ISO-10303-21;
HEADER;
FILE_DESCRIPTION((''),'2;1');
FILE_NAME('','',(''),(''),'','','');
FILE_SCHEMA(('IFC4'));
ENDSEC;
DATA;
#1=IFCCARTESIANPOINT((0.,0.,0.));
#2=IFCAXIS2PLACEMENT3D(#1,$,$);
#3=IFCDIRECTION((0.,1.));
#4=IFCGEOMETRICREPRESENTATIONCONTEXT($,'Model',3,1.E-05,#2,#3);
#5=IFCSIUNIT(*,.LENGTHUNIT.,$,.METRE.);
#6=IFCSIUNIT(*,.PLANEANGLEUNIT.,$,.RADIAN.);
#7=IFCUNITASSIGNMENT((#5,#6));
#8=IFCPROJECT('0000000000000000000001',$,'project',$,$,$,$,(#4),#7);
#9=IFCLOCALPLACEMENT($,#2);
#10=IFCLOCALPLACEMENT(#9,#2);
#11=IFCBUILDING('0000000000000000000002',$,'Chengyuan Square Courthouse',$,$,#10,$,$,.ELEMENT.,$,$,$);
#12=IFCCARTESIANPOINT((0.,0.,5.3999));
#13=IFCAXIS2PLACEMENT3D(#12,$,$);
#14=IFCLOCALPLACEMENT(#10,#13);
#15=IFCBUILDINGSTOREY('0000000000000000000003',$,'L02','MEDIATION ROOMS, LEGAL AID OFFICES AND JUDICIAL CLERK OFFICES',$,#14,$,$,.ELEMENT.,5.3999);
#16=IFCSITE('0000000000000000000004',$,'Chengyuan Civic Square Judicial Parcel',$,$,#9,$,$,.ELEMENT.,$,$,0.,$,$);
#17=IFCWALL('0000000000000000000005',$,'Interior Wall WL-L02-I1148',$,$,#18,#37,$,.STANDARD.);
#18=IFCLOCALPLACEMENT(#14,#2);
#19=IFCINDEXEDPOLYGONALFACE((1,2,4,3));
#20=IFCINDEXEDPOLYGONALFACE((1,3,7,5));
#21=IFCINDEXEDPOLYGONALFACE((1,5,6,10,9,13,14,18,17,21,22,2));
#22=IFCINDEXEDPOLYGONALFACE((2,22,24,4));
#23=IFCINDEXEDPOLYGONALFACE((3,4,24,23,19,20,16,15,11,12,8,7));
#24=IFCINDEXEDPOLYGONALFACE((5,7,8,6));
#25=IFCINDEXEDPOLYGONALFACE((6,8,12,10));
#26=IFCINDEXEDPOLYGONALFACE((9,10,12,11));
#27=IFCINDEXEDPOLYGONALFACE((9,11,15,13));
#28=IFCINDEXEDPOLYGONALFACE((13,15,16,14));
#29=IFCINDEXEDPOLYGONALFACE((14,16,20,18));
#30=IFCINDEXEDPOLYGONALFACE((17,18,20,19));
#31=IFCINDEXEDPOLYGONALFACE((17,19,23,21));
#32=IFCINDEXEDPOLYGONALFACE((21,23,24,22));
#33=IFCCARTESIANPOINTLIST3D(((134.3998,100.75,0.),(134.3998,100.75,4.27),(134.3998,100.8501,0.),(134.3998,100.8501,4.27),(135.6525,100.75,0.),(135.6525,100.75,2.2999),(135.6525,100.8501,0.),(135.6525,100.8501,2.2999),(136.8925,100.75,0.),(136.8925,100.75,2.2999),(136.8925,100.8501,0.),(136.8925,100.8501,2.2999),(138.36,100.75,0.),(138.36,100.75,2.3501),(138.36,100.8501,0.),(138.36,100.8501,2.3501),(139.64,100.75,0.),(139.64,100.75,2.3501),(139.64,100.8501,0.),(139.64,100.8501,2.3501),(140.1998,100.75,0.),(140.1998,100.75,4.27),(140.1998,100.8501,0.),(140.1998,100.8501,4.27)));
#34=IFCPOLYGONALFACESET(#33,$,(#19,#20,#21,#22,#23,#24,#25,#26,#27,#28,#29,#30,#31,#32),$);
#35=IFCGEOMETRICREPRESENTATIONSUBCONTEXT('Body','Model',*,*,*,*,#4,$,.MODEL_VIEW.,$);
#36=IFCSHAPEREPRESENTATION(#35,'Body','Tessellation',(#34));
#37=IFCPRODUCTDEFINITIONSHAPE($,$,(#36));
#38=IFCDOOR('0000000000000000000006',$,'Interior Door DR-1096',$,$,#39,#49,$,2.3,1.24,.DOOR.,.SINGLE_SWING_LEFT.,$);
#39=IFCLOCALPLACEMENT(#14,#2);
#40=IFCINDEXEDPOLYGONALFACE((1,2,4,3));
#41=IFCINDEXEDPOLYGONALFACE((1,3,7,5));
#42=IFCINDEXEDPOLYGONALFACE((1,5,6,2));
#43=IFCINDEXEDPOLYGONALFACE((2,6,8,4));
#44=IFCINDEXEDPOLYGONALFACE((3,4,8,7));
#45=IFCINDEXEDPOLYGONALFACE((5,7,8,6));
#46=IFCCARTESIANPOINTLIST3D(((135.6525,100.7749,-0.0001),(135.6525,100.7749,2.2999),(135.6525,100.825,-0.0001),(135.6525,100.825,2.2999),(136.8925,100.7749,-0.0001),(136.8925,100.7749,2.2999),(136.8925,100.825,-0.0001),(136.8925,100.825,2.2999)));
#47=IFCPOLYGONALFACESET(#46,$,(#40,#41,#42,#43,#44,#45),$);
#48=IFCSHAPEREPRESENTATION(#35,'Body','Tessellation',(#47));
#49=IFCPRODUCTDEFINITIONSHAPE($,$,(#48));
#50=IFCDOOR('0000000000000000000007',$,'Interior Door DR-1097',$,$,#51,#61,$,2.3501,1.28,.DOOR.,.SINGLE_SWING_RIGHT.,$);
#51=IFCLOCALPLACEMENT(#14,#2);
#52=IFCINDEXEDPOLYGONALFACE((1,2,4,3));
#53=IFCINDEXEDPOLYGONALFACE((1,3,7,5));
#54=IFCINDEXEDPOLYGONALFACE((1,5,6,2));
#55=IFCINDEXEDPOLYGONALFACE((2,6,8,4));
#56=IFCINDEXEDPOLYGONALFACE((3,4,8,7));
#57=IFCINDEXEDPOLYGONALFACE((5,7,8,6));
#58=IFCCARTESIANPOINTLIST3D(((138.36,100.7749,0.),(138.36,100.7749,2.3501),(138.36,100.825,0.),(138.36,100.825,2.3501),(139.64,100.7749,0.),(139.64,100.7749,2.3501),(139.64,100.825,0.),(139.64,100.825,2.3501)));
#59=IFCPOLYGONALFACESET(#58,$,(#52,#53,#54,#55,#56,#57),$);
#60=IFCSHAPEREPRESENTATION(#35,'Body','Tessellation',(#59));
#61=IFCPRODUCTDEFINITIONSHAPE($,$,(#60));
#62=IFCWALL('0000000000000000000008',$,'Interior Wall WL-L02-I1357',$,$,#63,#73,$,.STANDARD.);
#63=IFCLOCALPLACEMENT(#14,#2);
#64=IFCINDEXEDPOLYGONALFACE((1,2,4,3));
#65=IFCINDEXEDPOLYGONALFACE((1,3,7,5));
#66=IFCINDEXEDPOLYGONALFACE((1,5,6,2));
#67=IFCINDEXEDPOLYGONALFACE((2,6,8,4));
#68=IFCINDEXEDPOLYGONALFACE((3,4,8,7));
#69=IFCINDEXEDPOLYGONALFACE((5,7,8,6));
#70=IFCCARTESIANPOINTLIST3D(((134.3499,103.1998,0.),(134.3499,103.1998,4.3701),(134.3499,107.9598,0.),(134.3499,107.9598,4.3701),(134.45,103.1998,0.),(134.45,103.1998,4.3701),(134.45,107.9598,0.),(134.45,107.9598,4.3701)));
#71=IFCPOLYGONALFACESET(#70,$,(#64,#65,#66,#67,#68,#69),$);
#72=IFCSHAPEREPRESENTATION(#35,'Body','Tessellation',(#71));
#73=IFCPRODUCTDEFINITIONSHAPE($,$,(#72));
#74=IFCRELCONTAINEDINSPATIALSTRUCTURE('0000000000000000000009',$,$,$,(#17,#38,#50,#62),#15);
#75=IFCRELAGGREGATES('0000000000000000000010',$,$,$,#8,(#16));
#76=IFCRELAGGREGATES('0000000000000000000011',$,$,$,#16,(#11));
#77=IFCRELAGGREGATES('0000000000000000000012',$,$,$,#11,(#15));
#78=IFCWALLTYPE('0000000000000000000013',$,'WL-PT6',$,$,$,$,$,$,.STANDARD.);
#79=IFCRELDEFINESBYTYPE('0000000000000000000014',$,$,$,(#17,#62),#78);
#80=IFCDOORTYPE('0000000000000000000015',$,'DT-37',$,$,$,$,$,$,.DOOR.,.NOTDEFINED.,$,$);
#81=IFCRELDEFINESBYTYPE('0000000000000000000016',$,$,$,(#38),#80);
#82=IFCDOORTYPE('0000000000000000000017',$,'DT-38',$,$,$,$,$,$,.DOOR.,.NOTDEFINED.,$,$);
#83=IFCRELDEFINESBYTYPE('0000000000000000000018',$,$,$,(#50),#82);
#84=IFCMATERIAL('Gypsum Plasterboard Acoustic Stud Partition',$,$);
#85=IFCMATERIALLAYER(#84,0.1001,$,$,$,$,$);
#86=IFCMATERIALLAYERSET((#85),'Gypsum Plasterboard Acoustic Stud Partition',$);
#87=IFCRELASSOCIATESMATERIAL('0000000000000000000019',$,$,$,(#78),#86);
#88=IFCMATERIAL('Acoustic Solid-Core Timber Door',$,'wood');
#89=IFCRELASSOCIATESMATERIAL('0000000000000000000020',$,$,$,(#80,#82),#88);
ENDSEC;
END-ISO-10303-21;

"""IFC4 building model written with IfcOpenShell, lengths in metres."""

from ifc_helpers import new_model, si_unit, direction, frame, frame_2d, origin, place, context, subcontext, project, spatial, rectangle, extrude, material, layer, layer_set, type_object, element, fill, save


model = new_model("IFC4")

# Units and contexts
model_context = context("Model", 3, precision=1e-05, world=origin(), true_north=direction((0.0, 1.0)))
body_context = subcontext(model_context, "Body", "Model", "MODEL_VIEW")
ifc_project = project(units=[si_unit("LENGTHUNIT", "METRE"), si_unit("PLANEANGLEUNIT", "RADIAN")], contexts=[model_context])

# Site, building, storey
site_placement = place(None, origin())
site = spatial("IfcSite", under=ifc_project, at=site_placement, Name="Chengyuan Civic Square Judicial Parcel", CompositionType="ELEMENT", RefElevation=0.0)
building_placement = place(site_placement, origin())
building = spatial("IfcBuilding", under=site, at=building_placement, Name="Chengyuan Square Courthouse", CompositionType="ELEMENT")
storey_placement = place(building_placement, frame((0.0, 0.0, 5.3999)))
storey = spatial("IfcBuildingStorey", under=building, at=storey_placement, Name="L02", Description="MEDIATION ROOMS, LEGAL AID OFFICES AND JUDICIAL CLERK OFFICES", CompositionType="ELEMENT", Elevation=5.3999)

# Wall, openings, doors
ifc_material_1 = material(Name="Acoustic Solid-Core Timber Door", Category="wood")
ifc_material_2 = material(Name="Gypsum Plasterboard Acoustic Stud Partition")
ifc_layer_1 = layer(ifc_material_2, 0.1001)
ifc_layer_set_1 = layer_set([ifc_layer_1], Name="Gypsum Plasterboard Acoustic Stud Partition")
wall_type_1 = type_object("IfcWallType", Name="WL-PT6", PredefinedType="STANDARD", material=ifc_layer_set_1)
wall_1_placement = place(storey_placement, frame((134.3999, 100.8, 0.0), z_axis=(0.0, 0.0, 1.0), x_axis=(1.0, 0.0, 0.0)))
wall_1 = element("IfcWall", 1, at=wall_1_placement, inside=storey, type_object=wall_type_1, Name="Interior Wall WL-L02-I1148", PredefinedType="STANDARD", context=body_context, shape_type="SweptSolid", body=[
    extrude(rectangle(XDim=5.8, YDim=0.1001, at=frame_2d((2.8999, 0.0))), origin(), (0.0, 0.0, 1.0), 4.27),
])
opening_1_placement = place(wall_1_placement, frame((1.2524, 0.0, 0.0)))
opening_1 = element("IfcOpeningElement", 2, at=opening_1_placement, cuts=wall_1, PredefinedType="OPENING", context=body_context, shape_type="SweptSolid", body=[
    extrude(rectangle(XDim=1.24, YDim=2.3, at=frame_2d((0.6201, 1.1499))), frame((0.0, 0.062, 0.0), z_axis=(0.0, -1.0, 0.0), x_axis=(1.0, 0.0, 0.0)), (0.0, 0.0, 1.0), 0.124),
])
opening_2_placement = place(wall_1_placement, frame((3.96, 0.0, 0.0)))
opening_2 = element("IfcOpeningElement", 3, at=opening_2_placement, cuts=wall_1, PredefinedType="OPENING", context=body_context, shape_type="SweptSolid", body=[
    extrude(rectangle(XDim=1.28, YDim=2.3501, at=frame_2d((0.6401, 1.175))), frame((0.0, 0.062, 0.0), z_axis=(0.0, -1.0, 0.0), x_axis=(1.0, 0.0, 0.0)), (0.0, 0.0, 1.0), 0.124),
])
door_type_1 = type_object("IfcDoorType", Name="DT-37", OperationType="NOTDEFINED", PredefinedType="DOOR", material=ifc_material_1)
door_1_placement = place(opening_1_placement, origin())
door_1 = element("IfcDoor", 4, at=door_1_placement, inside=storey, type_object=door_type_1, Name="Interior Door DR-1096", OperationType="SINGLE_SWING_LEFT", OverallHeight=2.3, OverallWidth=1.24, PredefinedType="DOOR", context=body_context, shape_type="SweptSolid", body=[
    extrude(rectangle(XDim=1.24, YDim=2.3, at=frame_2d((0.6201, 1.1499))), frame((0.0, 0.0249, 0.0), z_axis=(0.0, -1.0, 0.0), x_axis=(1.0, 0.0, 0.0)), (0.0, 0.0, 1.0), 0.05),
])
fill(opening_1, door_1)
door_type_2 = type_object("IfcDoorType", Name="DT-38", OperationType="NOTDEFINED", PredefinedType="DOOR", material=ifc_material_1)
door_2_placement = place(opening_2_placement, origin())
door_2 = element("IfcDoor", 5, at=door_2_placement, inside=storey, type_object=door_type_2, Name="Interior Door DR-1097", OperationType="SINGLE_SWING_RIGHT", OverallHeight=2.3501, OverallWidth=1.28, PredefinedType="DOOR", context=body_context, shape_type="SweptSolid", body=[
    extrude(rectangle(XDim=1.28, YDim=2.3501, at=frame_2d((0.6401, 1.175))), frame((0.0, 0.0249, 0.0), z_axis=(0.0, -1.0, 0.0), x_axis=(1.0, 0.0, 0.0)), (0.0, 0.0, 1.0), 0.05),
])
fill(opening_2, door_2)

# Wall
wall_2_placement = place(storey_placement, frame((134.3999, 103.2, 0.0), z_axis=(0.0, 0.0, 1.0), x_axis=(0.0, 1.0, 0.0)))
element("IfcWall", 6, at=wall_2_placement, inside=storey, type_object=wall_type_1, Name="Interior Wall WL-L02-I1357", PredefinedType="STANDARD", context=body_context, shape_type="SweptSolid", body=[
    extrude(rectangle(XDim=4.76, YDim=0.1001, at=frame_2d((2.3799, 0.0))), origin(), (0.0, 0.0, 1.0), 4.3701),
])

save(model, "model.ifc")
